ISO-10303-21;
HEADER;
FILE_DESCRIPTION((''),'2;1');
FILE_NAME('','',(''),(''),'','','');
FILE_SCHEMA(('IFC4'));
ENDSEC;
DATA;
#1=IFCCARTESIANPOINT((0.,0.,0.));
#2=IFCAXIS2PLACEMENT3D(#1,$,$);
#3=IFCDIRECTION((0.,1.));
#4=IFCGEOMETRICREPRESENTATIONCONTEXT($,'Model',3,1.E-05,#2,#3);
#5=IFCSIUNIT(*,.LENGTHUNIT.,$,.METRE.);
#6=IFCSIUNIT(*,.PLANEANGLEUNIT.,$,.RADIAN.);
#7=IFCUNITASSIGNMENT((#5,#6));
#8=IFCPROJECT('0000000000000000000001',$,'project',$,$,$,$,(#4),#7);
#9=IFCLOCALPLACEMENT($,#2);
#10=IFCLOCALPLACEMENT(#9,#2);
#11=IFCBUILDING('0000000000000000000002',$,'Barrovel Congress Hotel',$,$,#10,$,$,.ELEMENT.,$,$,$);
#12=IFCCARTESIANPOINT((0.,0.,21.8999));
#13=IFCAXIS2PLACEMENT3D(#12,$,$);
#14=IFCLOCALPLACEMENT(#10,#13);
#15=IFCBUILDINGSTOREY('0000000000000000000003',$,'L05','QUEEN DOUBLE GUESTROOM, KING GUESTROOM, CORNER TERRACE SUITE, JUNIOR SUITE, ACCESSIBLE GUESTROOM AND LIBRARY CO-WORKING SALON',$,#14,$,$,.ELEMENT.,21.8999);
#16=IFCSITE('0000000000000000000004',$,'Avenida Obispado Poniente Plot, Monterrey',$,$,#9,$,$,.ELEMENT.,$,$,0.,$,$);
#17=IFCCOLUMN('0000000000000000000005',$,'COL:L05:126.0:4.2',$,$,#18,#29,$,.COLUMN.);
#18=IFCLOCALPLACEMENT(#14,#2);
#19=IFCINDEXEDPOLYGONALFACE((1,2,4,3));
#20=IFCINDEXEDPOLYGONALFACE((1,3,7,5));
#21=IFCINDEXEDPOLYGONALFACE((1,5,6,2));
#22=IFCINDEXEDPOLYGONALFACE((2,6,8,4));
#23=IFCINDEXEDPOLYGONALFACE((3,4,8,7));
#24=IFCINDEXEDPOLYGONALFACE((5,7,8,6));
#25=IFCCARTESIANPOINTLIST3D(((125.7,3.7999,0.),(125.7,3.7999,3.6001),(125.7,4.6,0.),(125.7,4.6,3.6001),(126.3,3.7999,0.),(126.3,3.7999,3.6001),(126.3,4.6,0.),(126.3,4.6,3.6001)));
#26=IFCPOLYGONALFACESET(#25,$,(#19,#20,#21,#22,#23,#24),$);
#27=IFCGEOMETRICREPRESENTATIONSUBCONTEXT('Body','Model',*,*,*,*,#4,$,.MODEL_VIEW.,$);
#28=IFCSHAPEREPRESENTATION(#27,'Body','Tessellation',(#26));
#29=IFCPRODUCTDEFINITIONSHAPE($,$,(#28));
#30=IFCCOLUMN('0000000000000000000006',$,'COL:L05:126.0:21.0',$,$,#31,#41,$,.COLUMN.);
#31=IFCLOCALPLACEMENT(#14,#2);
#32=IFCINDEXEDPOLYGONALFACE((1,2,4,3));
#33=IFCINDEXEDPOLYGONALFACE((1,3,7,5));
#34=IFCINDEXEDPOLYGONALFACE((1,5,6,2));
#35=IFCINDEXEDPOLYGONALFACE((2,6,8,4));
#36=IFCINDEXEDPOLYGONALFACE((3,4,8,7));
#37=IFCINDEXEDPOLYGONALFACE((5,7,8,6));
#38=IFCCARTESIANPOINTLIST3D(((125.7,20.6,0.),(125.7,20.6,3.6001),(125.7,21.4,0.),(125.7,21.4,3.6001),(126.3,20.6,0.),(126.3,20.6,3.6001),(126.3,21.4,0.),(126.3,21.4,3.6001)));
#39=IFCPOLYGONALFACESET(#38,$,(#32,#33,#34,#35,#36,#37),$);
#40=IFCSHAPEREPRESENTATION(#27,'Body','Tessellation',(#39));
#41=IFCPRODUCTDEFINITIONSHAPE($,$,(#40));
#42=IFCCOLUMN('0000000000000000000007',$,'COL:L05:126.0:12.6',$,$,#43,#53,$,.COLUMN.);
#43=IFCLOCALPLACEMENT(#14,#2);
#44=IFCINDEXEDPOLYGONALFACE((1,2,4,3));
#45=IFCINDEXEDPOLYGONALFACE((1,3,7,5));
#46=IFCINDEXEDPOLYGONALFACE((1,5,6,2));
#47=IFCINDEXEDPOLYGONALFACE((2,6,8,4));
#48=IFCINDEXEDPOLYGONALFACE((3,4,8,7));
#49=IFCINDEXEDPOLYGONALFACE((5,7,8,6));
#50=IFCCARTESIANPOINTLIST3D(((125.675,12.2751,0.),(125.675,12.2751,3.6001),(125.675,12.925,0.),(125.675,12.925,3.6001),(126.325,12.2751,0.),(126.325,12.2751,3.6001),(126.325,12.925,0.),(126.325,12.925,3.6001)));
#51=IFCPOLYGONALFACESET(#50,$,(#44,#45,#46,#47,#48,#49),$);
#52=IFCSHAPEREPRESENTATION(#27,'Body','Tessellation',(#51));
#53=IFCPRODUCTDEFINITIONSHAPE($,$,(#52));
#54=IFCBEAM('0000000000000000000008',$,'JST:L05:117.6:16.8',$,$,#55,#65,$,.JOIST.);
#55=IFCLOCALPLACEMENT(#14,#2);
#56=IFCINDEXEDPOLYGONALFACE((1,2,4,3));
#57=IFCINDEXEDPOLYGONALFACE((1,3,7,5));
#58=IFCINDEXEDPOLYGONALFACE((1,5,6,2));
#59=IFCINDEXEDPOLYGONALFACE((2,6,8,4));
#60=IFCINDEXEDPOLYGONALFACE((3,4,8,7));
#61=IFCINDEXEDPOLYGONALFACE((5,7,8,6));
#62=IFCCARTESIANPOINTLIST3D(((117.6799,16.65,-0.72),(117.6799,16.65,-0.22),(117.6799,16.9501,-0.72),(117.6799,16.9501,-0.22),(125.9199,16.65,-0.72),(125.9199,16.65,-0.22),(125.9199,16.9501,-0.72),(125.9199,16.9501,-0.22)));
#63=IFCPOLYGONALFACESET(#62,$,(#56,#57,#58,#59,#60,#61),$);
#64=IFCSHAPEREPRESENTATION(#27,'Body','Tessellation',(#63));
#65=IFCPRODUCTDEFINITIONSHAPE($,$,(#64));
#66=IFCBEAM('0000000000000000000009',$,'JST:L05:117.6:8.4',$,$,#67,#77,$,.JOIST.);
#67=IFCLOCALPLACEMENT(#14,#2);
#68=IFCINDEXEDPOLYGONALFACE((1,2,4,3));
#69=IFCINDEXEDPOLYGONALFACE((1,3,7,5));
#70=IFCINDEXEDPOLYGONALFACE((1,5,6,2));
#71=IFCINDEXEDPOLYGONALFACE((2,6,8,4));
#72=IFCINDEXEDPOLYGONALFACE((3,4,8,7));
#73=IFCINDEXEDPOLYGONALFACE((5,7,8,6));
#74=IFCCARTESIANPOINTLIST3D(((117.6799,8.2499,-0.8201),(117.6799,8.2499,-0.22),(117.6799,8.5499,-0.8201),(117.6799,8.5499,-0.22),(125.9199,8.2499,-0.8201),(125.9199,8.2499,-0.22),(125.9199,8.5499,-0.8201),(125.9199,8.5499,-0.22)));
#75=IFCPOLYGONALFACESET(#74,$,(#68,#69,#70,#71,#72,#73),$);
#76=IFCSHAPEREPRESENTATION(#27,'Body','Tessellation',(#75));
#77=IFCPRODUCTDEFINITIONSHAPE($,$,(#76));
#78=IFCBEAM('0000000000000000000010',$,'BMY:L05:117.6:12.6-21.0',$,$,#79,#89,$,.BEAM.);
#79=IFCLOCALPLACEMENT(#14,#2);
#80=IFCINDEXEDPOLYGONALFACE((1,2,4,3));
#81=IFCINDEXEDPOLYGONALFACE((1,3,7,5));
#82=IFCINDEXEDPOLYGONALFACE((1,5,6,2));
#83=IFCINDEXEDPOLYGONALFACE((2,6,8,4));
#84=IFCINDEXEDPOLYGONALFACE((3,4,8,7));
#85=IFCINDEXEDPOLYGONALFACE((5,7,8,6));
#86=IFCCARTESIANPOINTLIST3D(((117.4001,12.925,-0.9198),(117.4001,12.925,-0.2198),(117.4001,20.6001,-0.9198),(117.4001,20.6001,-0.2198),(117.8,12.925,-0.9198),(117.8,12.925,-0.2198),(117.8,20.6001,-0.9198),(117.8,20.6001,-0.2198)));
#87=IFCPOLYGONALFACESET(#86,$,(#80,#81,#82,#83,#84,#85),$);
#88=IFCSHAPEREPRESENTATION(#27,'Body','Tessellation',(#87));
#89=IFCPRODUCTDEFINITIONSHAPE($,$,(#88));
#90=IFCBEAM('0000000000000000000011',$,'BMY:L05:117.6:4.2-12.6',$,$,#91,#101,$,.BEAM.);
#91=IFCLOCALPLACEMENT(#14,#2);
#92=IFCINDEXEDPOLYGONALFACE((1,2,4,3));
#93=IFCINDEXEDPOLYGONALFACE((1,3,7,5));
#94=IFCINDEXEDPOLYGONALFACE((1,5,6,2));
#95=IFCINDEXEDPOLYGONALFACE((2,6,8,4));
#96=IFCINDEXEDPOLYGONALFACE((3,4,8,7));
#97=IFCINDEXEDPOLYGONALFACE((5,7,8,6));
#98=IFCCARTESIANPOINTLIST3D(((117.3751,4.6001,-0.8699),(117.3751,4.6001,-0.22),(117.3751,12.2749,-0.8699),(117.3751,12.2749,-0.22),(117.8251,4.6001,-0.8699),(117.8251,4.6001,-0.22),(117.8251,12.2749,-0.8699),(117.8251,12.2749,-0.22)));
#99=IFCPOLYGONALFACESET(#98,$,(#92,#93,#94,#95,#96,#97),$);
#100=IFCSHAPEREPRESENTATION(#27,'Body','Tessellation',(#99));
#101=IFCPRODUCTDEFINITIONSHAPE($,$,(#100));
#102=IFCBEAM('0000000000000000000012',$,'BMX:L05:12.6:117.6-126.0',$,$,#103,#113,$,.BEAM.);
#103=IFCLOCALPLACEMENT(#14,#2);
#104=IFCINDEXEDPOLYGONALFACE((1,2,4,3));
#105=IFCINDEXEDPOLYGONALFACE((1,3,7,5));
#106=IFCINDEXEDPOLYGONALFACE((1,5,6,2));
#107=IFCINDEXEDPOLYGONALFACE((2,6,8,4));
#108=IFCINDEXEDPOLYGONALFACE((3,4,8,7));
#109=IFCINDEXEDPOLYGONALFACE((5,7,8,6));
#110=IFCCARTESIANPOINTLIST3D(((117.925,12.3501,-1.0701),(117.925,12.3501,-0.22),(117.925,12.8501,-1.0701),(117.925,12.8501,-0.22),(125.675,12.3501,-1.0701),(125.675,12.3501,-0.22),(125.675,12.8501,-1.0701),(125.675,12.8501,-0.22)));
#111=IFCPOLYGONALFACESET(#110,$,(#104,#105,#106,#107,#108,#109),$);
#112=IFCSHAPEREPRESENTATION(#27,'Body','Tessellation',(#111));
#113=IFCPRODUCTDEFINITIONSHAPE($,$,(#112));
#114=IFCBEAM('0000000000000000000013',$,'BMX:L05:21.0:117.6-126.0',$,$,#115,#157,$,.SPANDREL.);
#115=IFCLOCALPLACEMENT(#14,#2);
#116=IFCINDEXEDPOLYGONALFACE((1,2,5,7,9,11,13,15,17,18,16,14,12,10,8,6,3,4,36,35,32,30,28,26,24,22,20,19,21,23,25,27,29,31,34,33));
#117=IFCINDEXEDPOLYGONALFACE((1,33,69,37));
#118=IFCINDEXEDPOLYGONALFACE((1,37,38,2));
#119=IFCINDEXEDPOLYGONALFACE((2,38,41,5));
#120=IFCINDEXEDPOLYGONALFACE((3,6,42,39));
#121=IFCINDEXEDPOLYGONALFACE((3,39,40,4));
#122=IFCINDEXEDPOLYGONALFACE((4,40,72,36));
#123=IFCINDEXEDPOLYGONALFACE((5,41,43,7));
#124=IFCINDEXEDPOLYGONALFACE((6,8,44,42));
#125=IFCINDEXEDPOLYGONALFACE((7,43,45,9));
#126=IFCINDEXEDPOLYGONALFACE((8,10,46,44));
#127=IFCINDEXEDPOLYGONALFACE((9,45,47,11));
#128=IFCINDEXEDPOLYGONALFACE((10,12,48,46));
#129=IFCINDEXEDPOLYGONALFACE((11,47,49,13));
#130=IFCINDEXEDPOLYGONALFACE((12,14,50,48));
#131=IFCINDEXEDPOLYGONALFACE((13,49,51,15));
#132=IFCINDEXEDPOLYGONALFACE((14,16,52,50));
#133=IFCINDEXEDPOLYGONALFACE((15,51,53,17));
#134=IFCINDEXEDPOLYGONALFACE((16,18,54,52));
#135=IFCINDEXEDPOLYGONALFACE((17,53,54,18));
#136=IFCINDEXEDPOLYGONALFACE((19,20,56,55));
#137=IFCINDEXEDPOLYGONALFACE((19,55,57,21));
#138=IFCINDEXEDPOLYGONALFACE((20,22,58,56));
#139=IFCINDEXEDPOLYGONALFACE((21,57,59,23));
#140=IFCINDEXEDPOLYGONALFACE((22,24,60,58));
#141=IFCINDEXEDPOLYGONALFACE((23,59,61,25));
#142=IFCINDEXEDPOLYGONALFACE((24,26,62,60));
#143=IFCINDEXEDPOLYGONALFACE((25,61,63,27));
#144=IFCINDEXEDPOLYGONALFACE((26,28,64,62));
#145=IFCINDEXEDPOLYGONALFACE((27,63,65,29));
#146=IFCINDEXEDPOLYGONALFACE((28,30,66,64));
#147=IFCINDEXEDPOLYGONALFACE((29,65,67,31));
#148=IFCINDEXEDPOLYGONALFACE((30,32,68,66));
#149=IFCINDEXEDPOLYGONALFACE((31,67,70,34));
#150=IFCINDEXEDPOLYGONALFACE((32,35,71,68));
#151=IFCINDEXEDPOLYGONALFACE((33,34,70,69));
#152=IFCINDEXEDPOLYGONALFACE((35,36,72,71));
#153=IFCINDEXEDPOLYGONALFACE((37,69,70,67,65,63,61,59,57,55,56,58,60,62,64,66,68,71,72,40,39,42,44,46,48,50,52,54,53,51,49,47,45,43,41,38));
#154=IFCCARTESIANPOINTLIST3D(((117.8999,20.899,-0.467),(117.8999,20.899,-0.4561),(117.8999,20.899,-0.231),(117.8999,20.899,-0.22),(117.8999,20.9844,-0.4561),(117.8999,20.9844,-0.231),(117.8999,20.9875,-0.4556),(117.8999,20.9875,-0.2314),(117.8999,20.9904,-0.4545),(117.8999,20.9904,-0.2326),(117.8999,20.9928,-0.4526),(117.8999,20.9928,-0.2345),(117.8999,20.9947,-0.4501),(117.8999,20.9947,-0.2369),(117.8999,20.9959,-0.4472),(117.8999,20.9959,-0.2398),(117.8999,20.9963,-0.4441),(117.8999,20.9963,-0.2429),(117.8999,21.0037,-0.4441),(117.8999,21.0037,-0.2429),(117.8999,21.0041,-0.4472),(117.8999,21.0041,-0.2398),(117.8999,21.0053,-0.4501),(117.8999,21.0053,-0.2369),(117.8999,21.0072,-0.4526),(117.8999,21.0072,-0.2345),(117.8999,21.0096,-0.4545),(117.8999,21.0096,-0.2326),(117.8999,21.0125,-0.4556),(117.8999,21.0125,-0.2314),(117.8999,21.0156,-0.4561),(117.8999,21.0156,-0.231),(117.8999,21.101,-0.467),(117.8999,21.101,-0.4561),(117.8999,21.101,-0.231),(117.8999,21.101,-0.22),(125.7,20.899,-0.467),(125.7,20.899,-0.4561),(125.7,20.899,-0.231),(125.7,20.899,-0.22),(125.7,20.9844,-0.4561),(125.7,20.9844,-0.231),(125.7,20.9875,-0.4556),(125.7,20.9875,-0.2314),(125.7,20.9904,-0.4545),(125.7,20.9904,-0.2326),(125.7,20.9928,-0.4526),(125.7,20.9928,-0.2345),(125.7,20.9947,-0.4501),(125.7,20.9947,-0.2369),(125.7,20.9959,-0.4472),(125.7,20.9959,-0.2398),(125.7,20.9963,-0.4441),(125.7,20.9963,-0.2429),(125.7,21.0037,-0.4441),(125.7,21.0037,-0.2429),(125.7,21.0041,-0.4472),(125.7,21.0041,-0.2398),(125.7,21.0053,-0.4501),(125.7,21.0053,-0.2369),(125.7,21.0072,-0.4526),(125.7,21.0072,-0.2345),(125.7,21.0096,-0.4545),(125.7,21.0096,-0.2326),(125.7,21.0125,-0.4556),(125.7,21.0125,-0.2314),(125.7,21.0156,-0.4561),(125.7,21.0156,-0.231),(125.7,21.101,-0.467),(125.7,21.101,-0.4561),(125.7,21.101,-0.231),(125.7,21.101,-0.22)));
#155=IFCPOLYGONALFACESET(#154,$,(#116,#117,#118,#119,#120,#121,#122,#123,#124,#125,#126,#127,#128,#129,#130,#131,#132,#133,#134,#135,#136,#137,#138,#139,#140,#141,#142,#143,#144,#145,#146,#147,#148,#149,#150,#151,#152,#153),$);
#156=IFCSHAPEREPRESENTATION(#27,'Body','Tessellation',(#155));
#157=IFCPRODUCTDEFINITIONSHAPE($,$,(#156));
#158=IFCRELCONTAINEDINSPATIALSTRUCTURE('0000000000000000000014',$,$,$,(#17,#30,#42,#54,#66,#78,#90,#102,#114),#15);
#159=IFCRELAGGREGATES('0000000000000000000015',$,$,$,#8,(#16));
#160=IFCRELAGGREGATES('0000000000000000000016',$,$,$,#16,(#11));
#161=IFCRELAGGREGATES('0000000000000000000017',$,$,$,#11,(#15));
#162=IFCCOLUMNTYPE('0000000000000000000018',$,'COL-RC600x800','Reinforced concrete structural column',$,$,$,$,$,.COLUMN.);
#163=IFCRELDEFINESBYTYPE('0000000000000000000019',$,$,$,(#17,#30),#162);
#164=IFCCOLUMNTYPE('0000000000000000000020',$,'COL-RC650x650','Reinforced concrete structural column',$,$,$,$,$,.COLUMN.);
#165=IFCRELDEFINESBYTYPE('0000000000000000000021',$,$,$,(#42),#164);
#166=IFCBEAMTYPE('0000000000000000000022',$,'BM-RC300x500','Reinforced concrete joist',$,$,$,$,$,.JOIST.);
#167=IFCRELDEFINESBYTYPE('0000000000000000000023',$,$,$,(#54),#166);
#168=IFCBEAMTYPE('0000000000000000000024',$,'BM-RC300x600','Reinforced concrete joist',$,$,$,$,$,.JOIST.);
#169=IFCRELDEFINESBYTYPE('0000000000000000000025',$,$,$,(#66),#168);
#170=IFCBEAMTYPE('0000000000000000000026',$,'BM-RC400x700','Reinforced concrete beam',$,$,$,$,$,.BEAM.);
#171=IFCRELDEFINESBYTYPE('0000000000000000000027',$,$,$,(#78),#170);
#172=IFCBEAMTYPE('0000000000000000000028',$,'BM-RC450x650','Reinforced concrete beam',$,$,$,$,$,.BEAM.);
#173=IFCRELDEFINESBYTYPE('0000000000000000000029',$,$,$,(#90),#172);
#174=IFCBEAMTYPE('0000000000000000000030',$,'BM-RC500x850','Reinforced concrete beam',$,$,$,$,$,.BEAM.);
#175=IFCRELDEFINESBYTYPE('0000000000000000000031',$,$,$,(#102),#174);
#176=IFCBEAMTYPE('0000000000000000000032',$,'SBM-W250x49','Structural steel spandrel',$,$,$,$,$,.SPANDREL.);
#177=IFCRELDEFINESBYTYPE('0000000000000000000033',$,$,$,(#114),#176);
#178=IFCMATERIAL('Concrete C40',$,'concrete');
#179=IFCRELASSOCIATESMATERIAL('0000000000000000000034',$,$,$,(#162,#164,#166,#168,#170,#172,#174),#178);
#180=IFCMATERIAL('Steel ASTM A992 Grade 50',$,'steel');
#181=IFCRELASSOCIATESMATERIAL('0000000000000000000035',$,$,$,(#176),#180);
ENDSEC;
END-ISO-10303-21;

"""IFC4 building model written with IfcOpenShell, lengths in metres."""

from ifc_helpers import new_model, si_unit, direction, frame, origin, origin_2d, place, context, subcontext, project, spatial, rectangle, i_section, extrude, material, material_profile, profile_set, type_object, element, save


model = new_model("IFC4")

# Units and contexts
model_context = context("Model", 3, precision=1e-05, world=origin(), true_north=direction((0.0, 1.0)))
body_context = subcontext(model_context, "Body", "Model", "MODEL_VIEW")
ifc_project = project(units=[si_unit("LENGTHUNIT", "METRE"), si_unit("PLANEANGLEUNIT", "RADIAN")], contexts=[model_context])

# Site, building, storey
site_placement = place(None, origin())
site = spatial("IfcSite", under=ifc_project, at=site_placement, Name="Avenida Obispado Poniente Plot, Monterrey", CompositionType="ELEMENT", RefElevation=0.0)
building_placement = place(site_placement, origin())
building = spatial("IfcBuilding", under=site, at=building_placement, Name="Barrovel Congress Hotel", CompositionType="ELEMENT")
storey_placement = place(building_placement, frame((0.0, 0.0, 21.8999)))
storey = spatial("IfcBuildingStorey", under=building, at=storey_placement, Name="L05", Description="QUEEN DOUBLE GUESTROOM, KING GUESTROOM, CORNER TERRACE SUITE, JUNIOR SUITE, ACCESSIBLE GUESTROOM AND LIBRARY CO-WORKING SALON", CompositionType="ELEMENT", Elevation=21.8999)

# Columns
ifc_material_1 = material(Name="Concrete C40", Category="concrete")
ifc_material_profile_1 = material_profile(ifc_material_1, rectangle(XDim=0.6001, YDim=0.8, at=origin_2d()), Name="RC600x800")
ifc_profile_set_1 = profile_set([ifc_material_profile_1], Name="Concrete C40")
column_type_1 = type_object("IfcColumnType", Name="COL-RC600x800", Description="Reinforced concrete structural column", PredefinedType="COLUMN", material=ifc_profile_set_1)
for number, where, z_axis, x_axis, name in (
    (1, (126.0, 4.2, 0.0), (0.0, 0.0, 1.0), (1.0, 0.0, 0.0), "COL:L05:126.0:4.2"),
    (2, (126.0, 21.0, 0.0), (0.0, 0.0, 1.0), (1.0, 0.0, 0.0), "COL:L05:126.0:21.0"),
):
    element("IfcColumn", number, at=place(storey_placement, frame(where, z_axis=z_axis, x_axis=x_axis)), inside=storey, type_object=column_type_1, Name=name, PredefinedType="COLUMN", context=body_context, shape_type="SweptSolid", body=[
        extrude(rectangle(XDim=0.6001, YDim=0.8, at=origin_2d()), origin(), (0.0, 0.0, 1.0), 3.6001),
    ])
ifc_material_profile_2 = material_profile(ifc_material_1, rectangle(XDim=0.6499, YDim=0.6499, at=origin_2d()), Name="RC650x650")
ifc_profile_set_2 = profile_set([ifc_material_profile_2], Name="Concrete C40")
column_type_2 = type_object("IfcColumnType", Name="COL-RC650x650", Description="Reinforced concrete structural column", PredefinedType="COLUMN", material=ifc_profile_set_2)
column_placement = place(storey_placement, frame((126.0, 12.6001, 0.0), z_axis=(0.0, 0.0, 1.0), x_axis=(1.0, 0.0, 0.0)))
element("IfcColumn", 3, at=column_placement, inside=storey, type_object=column_type_2, Name="COL:L05:126.0:12.6", PredefinedType="COLUMN", context=body_context, shape_type="SweptSolid", body=[
    extrude(rectangle(XDim=0.6499, YDim=0.6499, at=origin_2d()), origin(), (0.0, 0.0, 1.0), 3.6001),
])

# Beams
ifc_material_profile_3 = material_profile(ifc_material_1, rectangle(XDim=0.3, YDim=0.5, at=origin_2d()), Name="RC300x500")
ifc_profile_set_3 = profile_set([ifc_material_profile_3], Name="Concrete C40")
beam_type_1 = type_object("IfcBeamType", Name="BM-RC300x500", Description="Reinforced concrete joist", PredefinedType="JOIST", material=ifc_profile_set_3)
beam_1_placement = place(storey_placement, frame((117.6799, 16.8, -0.47), z_axis=(1.0, 0.0, 0.0), x_axis=(0.0, 1.0, 0.0)))
element("IfcBeam", 4, at=beam_1_placement, inside=storey, type_object=beam_type_1, Name="JST:L05:117.6:16.8", PredefinedType="JOIST", context=body_context, shape_type="SweptSolid", body=[
    extrude(rectangle(XDim=0.3, YDim=0.5, at=origin_2d()), origin(), (0.0, 0.0, 1.0), 8.24),
])
ifc_material_profile_4 = material_profile(ifc_material_1, rectangle(XDim=0.3, YDim=0.6001, at=origin_2d()), Name="RC300x600")
ifc_profile_set_4 = profile_set([ifc_material_profile_4], Name="Concrete C40")
beam_type_2 = type_object("IfcBeamType", Name="BM-RC300x600", Description="Reinforced concrete joist", PredefinedType="JOIST", material=ifc_profile_set_4)
beam_2_placement = place(storey_placement, frame((117.6799, 8.3999, -0.52), z_axis=(1.0, 0.0, 0.0), x_axis=(0.0, 1.0, 0.0)))
element("IfcBeam", 5, at=beam_2_placement, inside=storey, type_object=beam_type_2, Name="JST:L05:117.6:8.4", PredefinedType="JOIST", context=body_context, shape_type="SweptSolid", body=[
    extrude(rectangle(XDim=0.3, YDim=0.6001, at=origin_2d()), origin(), (0.0, 0.0, 1.0), 8.24),
])
ifc_material_profile_5 = material_profile(ifc_material_1, rectangle(XDim=0.3999, YDim=0.7, at=origin_2d()), Name="RC400x700")
ifc_profile_set_5 = profile_set([ifc_material_profile_5], Name="Concrete C40")
beam_type_3 = type_object("IfcBeamType", Name="BM-RC400x700", Description="Reinforced concrete beam", PredefinedType="BEAM", material=ifc_profile_set_5)
beam_3_placement = place(storey_placement, frame((117.6001, 12.925, -0.5698), z_axis=(0.0, 1.0, 0.0), x_axis=(-1.0, 0.0, 0.0)))
element("IfcBeam", 6, at=beam_3_placement, inside=storey, type_object=beam_type_3, Name="BMY:L05:117.6:12.6-21.0", PredefinedType="BEAM", context=body_context, shape_type="SweptSolid", body=[
    extrude(rectangle(XDim=0.3999, YDim=0.7, at=origin_2d()), origin(), (0.0, 0.0, 1.0), 7.675),
])
ifc_material_profile_6 = material_profile(ifc_material_1, rectangle(XDim=0.45, YDim=0.6499, at=origin_2d()), Name="RC450x650")
ifc_profile_set_6 = profile_set([ifc_material_profile_6], Name="Concrete C40")
beam_type_4 = type_object("IfcBeamType", Name="BM-RC450x650", Description="Reinforced concrete beam", PredefinedType="BEAM", material=ifc_profile_set_6)
beam_4_placement = place(storey_placement, frame((117.6001, 4.6001, -0.5449), z_axis=(0.0, 1.0, 0.0), x_axis=(-1.0, 0.0, 0.0)))
element("IfcBeam", 7, at=beam_4_placement, inside=storey, type_object=beam_type_4, Name="BMY:L05:117.6:4.2-12.6", PredefinedType="BEAM", context=body_context, shape_type="SweptSolid", body=[
    extrude(rectangle(XDim=0.45, YDim=0.6499, at=origin_2d()), origin(), (0.0, 0.0, 1.0), 7.6748),
])
ifc_material_profile_7 = material_profile(ifc_material_1, rectangle(XDim=0.5, YDim=0.8501, at=origin_2d()), Name="RC500x850")
ifc_profile_set_7 = profile_set([ifc_material_profile_7], Name="Concrete C40")
beam_type_5 = type_object("IfcBeamType", Name="BM-RC500x850", Description="Reinforced concrete beam", PredefinedType="BEAM", material=ifc_profile_set_7)
beam_5_placement = place(storey_placement, frame((117.925, 12.6001, -0.645), z_axis=(1.0, 0.0, 0.0), x_axis=(0.0, 1.0, 0.0)))
element("IfcBeam", 8, at=beam_5_placement, inside=storey, type_object=beam_type_5, Name="BMX:L05:12.6:117.6-126.0", PredefinedType="BEAM", context=body_context, shape_type="SweptSolid", body=[
    extrude(rectangle(XDim=0.5, YDim=0.8501, at=origin_2d()), origin(), (0.0, 0.0, 1.0), 7.75),
])
ifc_material_2 = material(Name="Steel ASTM A992 Grade 50", Category="steel")
ifc_material_profile_8 = material_profile(ifc_material_2, i_section(OverallWidth=0.2019, OverallDepth=0.2471, WebThickness=0.0073, FlangeThickness=0.011, FilletRadius=0.012, at=origin_2d()), Name="W250x49")
ifc_profile_set_8 = profile_set([ifc_material_profile_8], Name="Steel ASTM A992 Grade 50")
beam_type_6 = type_object("IfcBeamType", Name="SBM-W250x49", Description="Structural steel spandrel", PredefinedType="SPANDREL", material=ifc_profile_set_8)
beam_6_placement = place(storey_placement, frame((117.8999, 21.0, -0.3435), z_axis=(1.0, 0.0, 0.0), x_axis=(0.0, 1.0, 0.0)))
element("IfcBeam", 9, at=beam_6_placement, inside=storey, type_object=beam_type_6, Name="BMX:L05:21.0:117.6-126.0", PredefinedType="SPANDREL", context=body_context, shape_type="SweptSolid", body=[
    extrude(i_section(OverallWidth=0.2019, OverallDepth=0.2471, WebThickness=0.0073, FlangeThickness=0.011, FilletRadius=0.012, at=origin_2d()), origin(), (0.0, 0.0, 1.0), 7.8),
])

save(model, "model.ifc")
